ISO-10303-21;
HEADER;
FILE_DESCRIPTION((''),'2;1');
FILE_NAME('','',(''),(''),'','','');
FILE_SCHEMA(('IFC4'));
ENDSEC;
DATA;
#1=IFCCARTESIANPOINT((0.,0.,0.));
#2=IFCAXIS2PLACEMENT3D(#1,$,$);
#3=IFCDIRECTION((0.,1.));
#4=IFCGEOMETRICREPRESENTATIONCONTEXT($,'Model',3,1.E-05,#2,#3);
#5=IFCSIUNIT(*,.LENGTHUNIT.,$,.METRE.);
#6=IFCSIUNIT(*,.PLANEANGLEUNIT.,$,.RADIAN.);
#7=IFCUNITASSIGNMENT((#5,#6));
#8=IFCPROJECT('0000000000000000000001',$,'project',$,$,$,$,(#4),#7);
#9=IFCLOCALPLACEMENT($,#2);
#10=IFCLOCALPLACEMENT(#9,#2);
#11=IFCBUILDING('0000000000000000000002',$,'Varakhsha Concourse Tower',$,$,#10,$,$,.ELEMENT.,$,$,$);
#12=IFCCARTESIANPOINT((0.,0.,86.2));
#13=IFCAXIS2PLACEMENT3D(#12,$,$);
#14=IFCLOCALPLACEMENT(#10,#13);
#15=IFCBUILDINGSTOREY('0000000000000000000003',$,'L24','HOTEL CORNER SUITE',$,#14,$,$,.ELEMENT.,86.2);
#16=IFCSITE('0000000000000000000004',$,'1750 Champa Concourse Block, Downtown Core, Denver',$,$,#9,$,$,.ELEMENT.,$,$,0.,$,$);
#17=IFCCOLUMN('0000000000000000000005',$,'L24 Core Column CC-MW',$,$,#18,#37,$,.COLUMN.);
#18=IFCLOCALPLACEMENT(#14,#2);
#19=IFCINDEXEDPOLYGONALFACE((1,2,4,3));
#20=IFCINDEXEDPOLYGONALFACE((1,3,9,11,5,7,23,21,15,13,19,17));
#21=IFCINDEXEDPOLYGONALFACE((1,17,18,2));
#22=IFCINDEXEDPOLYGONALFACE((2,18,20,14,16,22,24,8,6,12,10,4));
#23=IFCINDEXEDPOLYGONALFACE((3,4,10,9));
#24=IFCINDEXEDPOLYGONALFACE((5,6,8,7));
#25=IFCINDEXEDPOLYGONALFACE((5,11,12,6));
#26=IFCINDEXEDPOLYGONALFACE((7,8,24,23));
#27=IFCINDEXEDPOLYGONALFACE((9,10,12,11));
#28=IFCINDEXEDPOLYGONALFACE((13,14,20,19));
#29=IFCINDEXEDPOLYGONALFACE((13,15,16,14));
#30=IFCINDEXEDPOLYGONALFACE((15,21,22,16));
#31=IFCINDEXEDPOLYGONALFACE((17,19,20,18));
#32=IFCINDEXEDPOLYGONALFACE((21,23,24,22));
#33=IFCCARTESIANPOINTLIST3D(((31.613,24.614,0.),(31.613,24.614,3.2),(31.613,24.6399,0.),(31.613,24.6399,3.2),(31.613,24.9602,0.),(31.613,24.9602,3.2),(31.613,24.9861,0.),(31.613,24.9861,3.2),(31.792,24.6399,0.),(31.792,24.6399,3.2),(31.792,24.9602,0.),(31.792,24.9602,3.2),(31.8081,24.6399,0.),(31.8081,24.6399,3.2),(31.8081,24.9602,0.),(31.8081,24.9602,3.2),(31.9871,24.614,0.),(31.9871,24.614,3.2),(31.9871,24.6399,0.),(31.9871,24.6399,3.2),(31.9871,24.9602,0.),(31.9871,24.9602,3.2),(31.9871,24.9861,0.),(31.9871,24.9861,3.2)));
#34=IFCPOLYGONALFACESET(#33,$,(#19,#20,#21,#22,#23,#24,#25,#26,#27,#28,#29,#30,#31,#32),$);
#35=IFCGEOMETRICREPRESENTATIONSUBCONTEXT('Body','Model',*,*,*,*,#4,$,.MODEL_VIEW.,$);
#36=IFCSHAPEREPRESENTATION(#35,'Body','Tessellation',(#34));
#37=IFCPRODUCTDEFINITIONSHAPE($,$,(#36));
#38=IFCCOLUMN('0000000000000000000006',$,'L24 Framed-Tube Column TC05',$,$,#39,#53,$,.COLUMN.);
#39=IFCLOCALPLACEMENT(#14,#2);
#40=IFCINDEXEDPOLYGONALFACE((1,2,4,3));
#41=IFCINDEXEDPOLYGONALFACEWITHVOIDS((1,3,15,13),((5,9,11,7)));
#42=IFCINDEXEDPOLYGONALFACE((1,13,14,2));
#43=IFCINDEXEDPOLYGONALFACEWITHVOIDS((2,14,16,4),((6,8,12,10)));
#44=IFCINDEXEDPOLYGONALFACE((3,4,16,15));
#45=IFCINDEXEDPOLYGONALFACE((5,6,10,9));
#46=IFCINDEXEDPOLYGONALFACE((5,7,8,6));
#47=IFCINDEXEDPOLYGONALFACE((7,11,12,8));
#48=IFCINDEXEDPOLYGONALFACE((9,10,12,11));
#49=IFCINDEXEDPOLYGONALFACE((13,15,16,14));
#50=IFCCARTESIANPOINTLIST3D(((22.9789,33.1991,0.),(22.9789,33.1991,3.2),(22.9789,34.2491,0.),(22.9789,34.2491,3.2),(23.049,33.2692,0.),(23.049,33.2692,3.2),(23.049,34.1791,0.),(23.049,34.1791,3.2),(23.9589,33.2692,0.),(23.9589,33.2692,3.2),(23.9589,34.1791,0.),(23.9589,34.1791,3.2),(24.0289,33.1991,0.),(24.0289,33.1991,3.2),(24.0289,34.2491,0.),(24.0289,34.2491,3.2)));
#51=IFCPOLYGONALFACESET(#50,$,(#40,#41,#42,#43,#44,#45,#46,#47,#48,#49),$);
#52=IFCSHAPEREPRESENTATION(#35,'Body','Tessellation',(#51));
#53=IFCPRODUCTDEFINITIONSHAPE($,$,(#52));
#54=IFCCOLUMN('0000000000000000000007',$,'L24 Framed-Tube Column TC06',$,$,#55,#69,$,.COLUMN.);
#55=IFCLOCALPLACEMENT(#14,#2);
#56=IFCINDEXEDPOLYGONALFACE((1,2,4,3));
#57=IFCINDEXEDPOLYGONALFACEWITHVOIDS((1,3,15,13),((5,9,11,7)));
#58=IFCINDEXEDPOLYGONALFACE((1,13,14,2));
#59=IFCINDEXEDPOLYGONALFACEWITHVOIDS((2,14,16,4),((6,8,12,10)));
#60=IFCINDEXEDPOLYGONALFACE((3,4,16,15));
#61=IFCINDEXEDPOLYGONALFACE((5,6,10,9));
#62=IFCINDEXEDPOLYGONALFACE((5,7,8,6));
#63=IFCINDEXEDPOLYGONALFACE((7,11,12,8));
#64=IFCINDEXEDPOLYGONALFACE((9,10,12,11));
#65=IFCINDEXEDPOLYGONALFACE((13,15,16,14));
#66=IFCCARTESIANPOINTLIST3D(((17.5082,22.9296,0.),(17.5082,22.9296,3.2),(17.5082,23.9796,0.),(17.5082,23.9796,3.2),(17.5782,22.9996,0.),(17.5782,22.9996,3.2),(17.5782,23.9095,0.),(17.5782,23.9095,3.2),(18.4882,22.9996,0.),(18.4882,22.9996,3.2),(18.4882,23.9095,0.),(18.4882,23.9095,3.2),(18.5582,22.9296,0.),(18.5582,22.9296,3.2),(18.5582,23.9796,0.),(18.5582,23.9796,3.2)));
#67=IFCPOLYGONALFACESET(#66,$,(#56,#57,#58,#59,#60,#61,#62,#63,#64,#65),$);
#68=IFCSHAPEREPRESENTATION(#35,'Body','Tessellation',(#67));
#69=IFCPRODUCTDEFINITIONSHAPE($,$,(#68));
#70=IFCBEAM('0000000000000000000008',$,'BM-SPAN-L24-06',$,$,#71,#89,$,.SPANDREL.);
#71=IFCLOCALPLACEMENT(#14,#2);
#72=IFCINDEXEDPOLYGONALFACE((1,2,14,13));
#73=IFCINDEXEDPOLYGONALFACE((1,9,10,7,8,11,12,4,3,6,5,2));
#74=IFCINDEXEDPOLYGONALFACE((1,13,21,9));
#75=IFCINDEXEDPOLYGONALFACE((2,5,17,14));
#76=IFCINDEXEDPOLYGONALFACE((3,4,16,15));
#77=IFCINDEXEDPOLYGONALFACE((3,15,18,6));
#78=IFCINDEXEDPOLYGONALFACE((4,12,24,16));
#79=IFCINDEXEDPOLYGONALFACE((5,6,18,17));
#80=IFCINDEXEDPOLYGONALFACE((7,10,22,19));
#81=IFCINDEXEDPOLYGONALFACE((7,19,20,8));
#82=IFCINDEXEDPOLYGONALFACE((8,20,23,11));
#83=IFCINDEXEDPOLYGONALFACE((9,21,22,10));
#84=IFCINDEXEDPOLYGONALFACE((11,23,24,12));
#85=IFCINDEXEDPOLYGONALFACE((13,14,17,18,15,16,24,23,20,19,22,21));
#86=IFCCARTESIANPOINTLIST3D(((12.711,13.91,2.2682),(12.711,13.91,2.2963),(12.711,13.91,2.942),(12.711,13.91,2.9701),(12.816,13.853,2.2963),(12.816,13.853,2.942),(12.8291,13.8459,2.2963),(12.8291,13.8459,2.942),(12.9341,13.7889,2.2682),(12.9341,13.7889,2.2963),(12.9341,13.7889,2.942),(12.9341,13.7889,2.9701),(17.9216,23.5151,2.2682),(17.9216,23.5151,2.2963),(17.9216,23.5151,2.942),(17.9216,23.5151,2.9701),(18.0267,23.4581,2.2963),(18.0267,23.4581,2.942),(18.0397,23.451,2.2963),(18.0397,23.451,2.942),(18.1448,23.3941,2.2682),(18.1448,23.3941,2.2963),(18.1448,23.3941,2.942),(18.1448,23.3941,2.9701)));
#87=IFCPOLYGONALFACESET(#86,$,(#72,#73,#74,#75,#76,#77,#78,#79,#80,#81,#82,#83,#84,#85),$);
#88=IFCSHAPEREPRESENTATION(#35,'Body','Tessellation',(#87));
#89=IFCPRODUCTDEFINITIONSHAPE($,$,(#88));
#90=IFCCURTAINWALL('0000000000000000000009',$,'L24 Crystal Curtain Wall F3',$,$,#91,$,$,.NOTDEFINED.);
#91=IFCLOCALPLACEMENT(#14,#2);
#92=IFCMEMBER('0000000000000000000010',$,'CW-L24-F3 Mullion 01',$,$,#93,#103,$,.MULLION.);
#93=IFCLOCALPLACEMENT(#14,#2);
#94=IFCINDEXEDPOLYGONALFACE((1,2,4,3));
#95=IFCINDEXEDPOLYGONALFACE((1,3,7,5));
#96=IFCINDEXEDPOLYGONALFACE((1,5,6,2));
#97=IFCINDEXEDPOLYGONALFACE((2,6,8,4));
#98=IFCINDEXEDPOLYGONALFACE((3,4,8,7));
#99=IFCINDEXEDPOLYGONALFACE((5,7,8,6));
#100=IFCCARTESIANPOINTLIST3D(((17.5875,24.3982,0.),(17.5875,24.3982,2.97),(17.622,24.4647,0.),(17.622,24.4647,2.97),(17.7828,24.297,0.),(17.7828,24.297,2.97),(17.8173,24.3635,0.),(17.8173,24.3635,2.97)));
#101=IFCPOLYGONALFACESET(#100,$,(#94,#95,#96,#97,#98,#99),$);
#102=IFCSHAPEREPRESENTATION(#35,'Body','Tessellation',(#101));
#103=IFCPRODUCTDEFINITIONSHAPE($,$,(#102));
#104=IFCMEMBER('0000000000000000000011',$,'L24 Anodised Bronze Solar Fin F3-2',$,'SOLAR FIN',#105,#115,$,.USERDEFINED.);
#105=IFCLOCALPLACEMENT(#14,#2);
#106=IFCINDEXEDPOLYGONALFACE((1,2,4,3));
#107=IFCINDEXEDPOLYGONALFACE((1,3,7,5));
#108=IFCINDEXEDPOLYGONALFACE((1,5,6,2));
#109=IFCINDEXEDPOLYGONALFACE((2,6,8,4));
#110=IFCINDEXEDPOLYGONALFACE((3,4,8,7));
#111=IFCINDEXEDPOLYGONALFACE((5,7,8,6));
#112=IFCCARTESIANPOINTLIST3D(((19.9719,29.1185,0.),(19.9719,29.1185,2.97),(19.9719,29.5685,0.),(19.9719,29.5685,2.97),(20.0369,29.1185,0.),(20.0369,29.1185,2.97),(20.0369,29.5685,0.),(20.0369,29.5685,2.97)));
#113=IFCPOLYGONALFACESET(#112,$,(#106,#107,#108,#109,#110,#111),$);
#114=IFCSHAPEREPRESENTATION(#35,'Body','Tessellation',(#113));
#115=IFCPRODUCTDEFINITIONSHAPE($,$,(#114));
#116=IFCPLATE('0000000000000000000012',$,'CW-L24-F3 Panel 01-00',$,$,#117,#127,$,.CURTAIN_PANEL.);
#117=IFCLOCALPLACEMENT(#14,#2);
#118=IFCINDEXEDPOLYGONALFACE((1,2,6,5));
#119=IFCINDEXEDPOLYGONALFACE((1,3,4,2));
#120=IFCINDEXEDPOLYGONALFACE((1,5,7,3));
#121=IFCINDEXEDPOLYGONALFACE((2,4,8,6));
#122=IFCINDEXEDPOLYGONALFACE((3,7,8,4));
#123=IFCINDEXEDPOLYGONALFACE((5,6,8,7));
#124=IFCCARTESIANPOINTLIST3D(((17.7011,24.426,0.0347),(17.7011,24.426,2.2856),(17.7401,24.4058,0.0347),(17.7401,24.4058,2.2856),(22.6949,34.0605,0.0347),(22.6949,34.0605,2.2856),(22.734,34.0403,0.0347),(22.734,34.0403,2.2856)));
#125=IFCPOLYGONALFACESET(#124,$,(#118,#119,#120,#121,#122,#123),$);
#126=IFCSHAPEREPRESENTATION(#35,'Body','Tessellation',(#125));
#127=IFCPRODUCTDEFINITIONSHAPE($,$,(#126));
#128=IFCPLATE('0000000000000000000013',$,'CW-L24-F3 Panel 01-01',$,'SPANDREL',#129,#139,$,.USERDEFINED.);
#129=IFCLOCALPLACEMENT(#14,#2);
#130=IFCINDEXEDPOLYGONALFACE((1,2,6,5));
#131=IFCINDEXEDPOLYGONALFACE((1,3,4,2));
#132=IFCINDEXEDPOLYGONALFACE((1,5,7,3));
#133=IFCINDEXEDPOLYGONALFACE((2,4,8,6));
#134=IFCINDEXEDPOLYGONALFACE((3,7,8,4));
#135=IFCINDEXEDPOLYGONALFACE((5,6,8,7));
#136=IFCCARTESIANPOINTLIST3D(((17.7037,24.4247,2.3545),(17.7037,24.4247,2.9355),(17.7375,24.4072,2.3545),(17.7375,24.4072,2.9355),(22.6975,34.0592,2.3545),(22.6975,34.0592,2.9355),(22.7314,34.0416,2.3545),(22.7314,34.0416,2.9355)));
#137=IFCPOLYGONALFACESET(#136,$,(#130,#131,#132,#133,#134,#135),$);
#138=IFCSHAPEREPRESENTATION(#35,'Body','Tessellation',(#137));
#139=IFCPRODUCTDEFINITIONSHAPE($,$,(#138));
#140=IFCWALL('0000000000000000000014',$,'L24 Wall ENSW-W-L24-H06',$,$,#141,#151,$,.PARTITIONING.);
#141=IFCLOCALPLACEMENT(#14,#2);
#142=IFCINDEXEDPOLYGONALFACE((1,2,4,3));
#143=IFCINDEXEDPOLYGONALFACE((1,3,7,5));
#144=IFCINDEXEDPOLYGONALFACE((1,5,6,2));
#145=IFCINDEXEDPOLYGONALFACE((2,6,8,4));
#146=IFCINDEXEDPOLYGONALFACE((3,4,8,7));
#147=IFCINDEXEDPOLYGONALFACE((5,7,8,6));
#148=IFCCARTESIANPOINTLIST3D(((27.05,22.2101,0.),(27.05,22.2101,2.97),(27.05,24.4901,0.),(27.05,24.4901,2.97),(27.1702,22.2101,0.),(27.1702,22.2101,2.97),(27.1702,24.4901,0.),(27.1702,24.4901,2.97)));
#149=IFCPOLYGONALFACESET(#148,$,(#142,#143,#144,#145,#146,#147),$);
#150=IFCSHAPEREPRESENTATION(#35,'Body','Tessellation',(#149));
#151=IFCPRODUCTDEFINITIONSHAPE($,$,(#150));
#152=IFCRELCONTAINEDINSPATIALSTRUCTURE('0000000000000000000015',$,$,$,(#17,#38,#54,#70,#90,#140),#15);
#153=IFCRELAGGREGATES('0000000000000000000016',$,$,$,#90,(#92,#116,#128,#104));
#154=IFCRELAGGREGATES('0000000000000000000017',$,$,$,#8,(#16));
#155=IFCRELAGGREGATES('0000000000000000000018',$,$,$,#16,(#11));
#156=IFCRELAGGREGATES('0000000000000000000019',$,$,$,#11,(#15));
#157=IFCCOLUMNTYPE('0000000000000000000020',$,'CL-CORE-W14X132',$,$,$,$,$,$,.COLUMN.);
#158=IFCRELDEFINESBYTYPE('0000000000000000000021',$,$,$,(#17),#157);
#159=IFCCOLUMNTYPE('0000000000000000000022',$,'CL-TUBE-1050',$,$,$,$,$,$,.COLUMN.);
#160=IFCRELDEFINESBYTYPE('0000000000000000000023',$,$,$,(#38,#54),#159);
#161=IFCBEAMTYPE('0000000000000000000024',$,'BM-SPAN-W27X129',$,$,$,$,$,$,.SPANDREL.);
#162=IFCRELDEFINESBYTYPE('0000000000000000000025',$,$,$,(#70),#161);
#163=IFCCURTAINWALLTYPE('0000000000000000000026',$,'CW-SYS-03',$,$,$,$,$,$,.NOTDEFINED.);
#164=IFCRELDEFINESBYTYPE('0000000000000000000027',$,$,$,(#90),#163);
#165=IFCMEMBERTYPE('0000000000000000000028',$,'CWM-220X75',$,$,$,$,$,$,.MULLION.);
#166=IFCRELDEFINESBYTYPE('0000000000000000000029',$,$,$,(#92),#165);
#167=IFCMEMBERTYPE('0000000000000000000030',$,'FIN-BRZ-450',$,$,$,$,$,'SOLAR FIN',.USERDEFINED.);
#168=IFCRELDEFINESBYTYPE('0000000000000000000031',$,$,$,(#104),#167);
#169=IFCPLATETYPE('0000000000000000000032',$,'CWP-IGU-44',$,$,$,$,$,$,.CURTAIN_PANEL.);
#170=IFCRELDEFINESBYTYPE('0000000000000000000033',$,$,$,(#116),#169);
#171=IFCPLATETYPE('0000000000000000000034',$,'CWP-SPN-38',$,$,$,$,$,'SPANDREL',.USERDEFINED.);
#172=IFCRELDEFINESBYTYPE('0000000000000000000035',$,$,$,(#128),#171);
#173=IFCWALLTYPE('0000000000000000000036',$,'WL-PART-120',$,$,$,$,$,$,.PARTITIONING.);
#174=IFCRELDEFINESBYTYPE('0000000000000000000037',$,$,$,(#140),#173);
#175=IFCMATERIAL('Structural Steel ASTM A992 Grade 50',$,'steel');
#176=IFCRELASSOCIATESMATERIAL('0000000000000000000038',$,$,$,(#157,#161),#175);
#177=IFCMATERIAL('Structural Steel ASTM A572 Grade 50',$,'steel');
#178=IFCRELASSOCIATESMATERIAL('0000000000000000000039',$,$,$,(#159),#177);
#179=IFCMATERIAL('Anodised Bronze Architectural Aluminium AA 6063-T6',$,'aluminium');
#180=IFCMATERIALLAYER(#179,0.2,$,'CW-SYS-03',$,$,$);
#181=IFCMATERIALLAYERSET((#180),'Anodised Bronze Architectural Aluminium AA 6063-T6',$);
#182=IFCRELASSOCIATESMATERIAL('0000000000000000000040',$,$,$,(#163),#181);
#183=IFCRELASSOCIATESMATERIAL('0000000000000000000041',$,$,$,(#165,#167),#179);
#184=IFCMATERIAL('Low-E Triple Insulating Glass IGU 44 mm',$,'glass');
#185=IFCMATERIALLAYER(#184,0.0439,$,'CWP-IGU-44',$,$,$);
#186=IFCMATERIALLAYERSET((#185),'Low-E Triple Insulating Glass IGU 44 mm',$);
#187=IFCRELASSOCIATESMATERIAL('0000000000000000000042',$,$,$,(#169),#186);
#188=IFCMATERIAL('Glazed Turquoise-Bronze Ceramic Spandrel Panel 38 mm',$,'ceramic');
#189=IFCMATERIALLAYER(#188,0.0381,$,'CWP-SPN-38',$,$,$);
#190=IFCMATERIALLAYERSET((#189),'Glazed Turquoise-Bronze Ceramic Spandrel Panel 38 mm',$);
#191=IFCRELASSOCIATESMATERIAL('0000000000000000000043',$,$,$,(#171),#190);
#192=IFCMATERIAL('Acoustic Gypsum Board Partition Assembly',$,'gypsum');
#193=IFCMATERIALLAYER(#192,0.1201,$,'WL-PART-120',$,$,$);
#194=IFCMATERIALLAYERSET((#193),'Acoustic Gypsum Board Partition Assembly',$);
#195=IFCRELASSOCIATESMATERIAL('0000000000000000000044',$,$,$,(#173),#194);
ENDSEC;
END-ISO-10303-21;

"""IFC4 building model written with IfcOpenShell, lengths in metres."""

from ifc_helpers import new_model, si_unit, direction, frame, frame_2d, origin, origin_2d, place, context, subcontext, project, spatial, rectangle, hollow_rectangle, i_section, extrude, source, transform, mapped, material, layer, layer_set, material_profile, profile_set, type_object, type_shapes, element, aggregate, save


model = new_model("IFC4")

# Units and contexts
model_context = context("Model", 3, precision=1e-05, world=origin(), true_north=direction((0.0, 1.0)))
body_context = subcontext(model_context, "Body", "Model", "MODEL_VIEW")
ifc_project = project(units=[si_unit("LENGTHUNIT", "METRE"), si_unit("PLANEANGLEUNIT", "RADIAN")], contexts=[model_context])

# Site, building, storey
site_placement = place(None, origin())
site = spatial("IfcSite", under=ifc_project, at=site_placement, Name="1750 Champa Concourse Block, Downtown Core, Denver", CompositionType="ELEMENT", RefElevation=0.0)
building_placement = place(site_placement, origin())
building = spatial("IfcBuilding", under=site, at=building_placement, Name="Varakhsha Concourse Tower", CompositionType="ELEMENT")
storey_placement = place(building_placement, frame((0.0, 0.0, 86.2)))
storey = spatial("IfcBuildingStorey", under=building, at=storey_placement, Name="L24", Description="HOTEL CORNER SUITE", CompositionType="ELEMENT", Elevation=86.2)

# Columns
ifc_material_1 = material(Name="Structural Steel ASTM A992 Grade 50", Category="steel")
ifc_material_profile_1 = material_profile(ifc_material_1, i_section(OverallWidth=0.374, OverallDepth=0.3721, WebThickness=0.0161, FlangeThickness=0.0259, at=origin_2d()), Name="W14X132")
ifc_profile_set_1 = profile_set([ifc_material_profile_1], Name="Structural Steel ASTM A992 Grade 50")
column_type_1 = type_object("IfcColumnType", Name="CL-CORE-W14X132", PredefinedType="COLUMN", material=ifc_profile_set_1)
column_placement = place(storey_placement, frame((31.8, 24.8, 0.0), z_axis=(0.0, 0.0, 1.0), x_axis=(1.0, 0.0, 0.0)))
element("IfcColumn", 1, at=column_placement, inside=storey, type_object=column_type_1, Name="L24 Core Column CC-MW", PredefinedType="COLUMN", context=body_context, shape_type="SweptSolid", body=[
    extrude(i_section(OverallWidth=0.374, OverallDepth=0.3721, WebThickness=0.0161, FlangeThickness=0.0259, at=origin_2d()), origin(), (0.0, 0.0, 1.0), 3.2),
])
ifc_material_2 = material(Name="Structural Steel ASTM A572 Grade 50", Category="steel")
ifc_material_profile_2 = material_profile(ifc_material_2, hollow_rectangle(XDim=1.05, YDim=1.05, WallThickness=0.0701, at=origin_2d()), Name="BOX 1050x1050x70")
ifc_profile_set_2 = profile_set([ifc_material_profile_2], Name="Structural Steel ASTM A572 Grade 50")
column_type_2 = type_object("IfcColumnType", Name="CL-TUBE-1050", PredefinedType="COLUMN", material=ifc_profile_set_2)
for number, where, z_axis, x_axis, name in (
    (2, (23.5039, 33.7241, 0.0), (0.0, 0.0, 1.0), (1.0, 0.0, 0.0), "L24 Framed-Tube Column TC05"),
    (3, (18.0332, 23.4546, 0.0), (0.0, 0.0, 1.0), (1.0, 0.0, 0.0), "L24 Framed-Tube Column TC06"),
):
    element("IfcColumn", number, at=place(storey_placement, frame(where, z_axis=z_axis, x_axis=x_axis)), inside=storey, type_object=column_type_2, Name=name, PredefinedType="COLUMN", context=body_context, shape_type="SweptSolid", body=[
        extrude(hollow_rectangle(XDim=1.05, YDim=1.05, WallThickness=0.0701, at=origin_2d()), origin(), (0.0, 0.0, 1.0), 3.2),
    ])

# Beam
ifc_material_profile_3 = material_profile(ifc_material_1, i_section(OverallWidth=0.2539, OverallDepth=0.7019, WebThickness=0.0149, FlangeThickness=0.0281, at=origin_2d()), Name="W27X129")
ifc_profile_set_3 = profile_set([ifc_material_profile_3], Name="Structural Steel ASTM A992 Grade 50")
beam_type = type_object("IfcBeamType", Name="BM-SPAN-W27X129", PredefinedType="SPANDREL", material=ifc_profile_set_3)
beam_placement = place(storey_placement, frame((18.0332, 23.4546, 2.6191), z_axis=(-0.476839, -0.87899, 0.0), x_axis=(0.87899, -0.476839, 0.0)))
element("IfcBeam", 4, at=beam_placement, inside=storey, type_object=beam_type, Name="BM-SPAN-L24-06", PredefinedType="SPANDREL", context=body_context, shape_type="SweptSolid", body=[
    extrude(i_section(OverallWidth=0.2539, OverallDepth=0.7019, WebThickness=0.0149, FlangeThickness=0.0281, at=origin_2d()), origin(), (0.0, 0.0, 1.0), 10.9275),
])

# Curtain wall, members, plates
ifc_material_3 = material(Name="Anodised Bronze Architectural Aluminium AA 6063-T6", Category="aluminium")
ifc_layer_1 = layer(ifc_material_3, 0.2, Name="CW-SYS-03")
ifc_layer_set_1 = layer_set([ifc_layer_1], Name="Anodised Bronze Architectural Aluminium AA 6063-T6")
curtain_wall_type = type_object("IfcCurtainWallType", Name="CW-SYS-03", PredefinedType="NOTDEFINED", material=ifc_layer_set_1)
curtain_wall_placement = place(storey_placement, origin())
curtain_wall = element("IfcCurtainWall", 5, at=curtain_wall_placement, inside=storey, type_object=curtain_wall_type, Name="L24 Crystal Curtain Wall F3", PredefinedType="NOTDEFINED")
ifc_material_profile_4 = material_profile(ifc_material_3, rectangle(XDim=0.075, YDim=0.22, at=origin_2d()), Name="CWM-220X75")
ifc_profile_set_4 = profile_set([ifc_material_profile_4], Name="Anodised Bronze Architectural Aluminium AA 6063-T6")
member_type_1 = type_object("IfcMemberType", Name="CWM-220X75", PredefinedType="MULLION", material=ifc_profile_set_4)
shared_shape_1 = source(origin(), body_context, "Body", "SweptSolid", [
    extrude(rectangle(XDim=0.075, YDim=0.22, at=origin_2d()), origin(), (0.0, 0.0, 1.0), 2.97),
])
type_shapes(member_type_1, [shared_shape_1])
member_1_placement = place(storey_placement, frame((17.7024, 24.3809, 0.0), z_axis=(0.0, 0.0, 1.0), x_axis=(0.460186, 0.887823, 0.0)))
member_1 = element("IfcMember", 6, at=member_1_placement, type_object=member_type_1, Name="CW-L24-F3 Mullion 01", PredefinedType="MULLION", context=body_context, shape_type="MappedRepresentation", body=[
    mapped(shared_shape_1, transform((0.0, 0.0, 0.0), scale=1.0)),
])
ifc_material_profile_5 = material_profile(ifc_material_3, rectangle(XDim=0.0649, YDim=0.45, at=origin_2d()), Name="FIN-BRZ-450")
ifc_profile_set_5 = profile_set([ifc_material_profile_5], Name="Anodised Bronze Architectural Aluminium AA 6063-T6")
member_type_2 = type_object("IfcMemberType", Name="FIN-BRZ-450", ElementType="SOLAR FIN", PredefinedType="USERDEFINED", material=ifc_profile_set_5)
shared_shape_2 = source(origin(), body_context, "Body", "SweptSolid", [
    extrude(rectangle(XDim=0.0649, YDim=0.45, at=origin_2d()), origin(), (0.0, 0.0, 1.0), 2.97),
])
type_shapes(member_type_2, [shared_shape_2])
member_2_placement = place(storey_placement, frame((20.0044, 29.3435, 0.0), z_axis=(0.0, 0.0, 1.0), x_axis=(1.0, 0.0, 0.0)))
member_2 = element("IfcMember", 7, at=member_2_placement, type_object=member_type_2, Name="L24 Anodised Bronze Solar Fin F3-2", ObjectType="SOLAR FIN", PredefinedType="USERDEFINED", context=body_context, shape_type="MappedRepresentation", body=[
    mapped(shared_shape_2, transform((0.0, 0.0, 0.0), scale=1.0)),
])
ifc_material_4 = material(Name="Low-E Triple Insulating Glass IGU 44 mm", Category="glass")
ifc_layer_2 = layer(ifc_material_4, 0.0439, Name="CWP-IGU-44")
ifc_layer_set_2 = layer_set([ifc_layer_2], Name="Low-E Triple Insulating Glass IGU 44 mm")
plate_type_1 = type_object("IfcPlateType", Name="CWP-IGU-44", PredefinedType="CURTAIN_PANEL", material=ifc_layer_set_2)
shared_shape_3 = source(origin(), body_context, "Body", "SweptSolid", [
    extrude(rectangle(XDim=10.8518, YDim=0.0439, at=origin_2d()), origin(), (0.0, 0.0, 1.0), 2.251),
])
type_shapes(plate_type_1, [shared_shape_3])
plate_1_placement = place(storey_placement, frame((20.2175, 29.2332, 0.0347), z_axis=(0.0, 0.0, 1.0), x_axis=(0.460186, 0.887823, 0.0)))
plate_1 = element("IfcPlate", 8, at=plate_1_placement, type_object=plate_type_1, Name="CW-L24-F3 Panel 01-00", PredefinedType="CURTAIN_PANEL", context=body_context, shape_type="MappedRepresentation", body=[
    mapped(shared_shape_3, transform((0.0, 0.0, 0.0), scale=1.0)),
])
ifc_material_5 = material(Name="Glazed Turquoise-Bronze Ceramic Spandrel Panel 38 mm", Category="ceramic")
ifc_layer_3 = layer(ifc_material_5, 0.0381, Name="CWP-SPN-38")
ifc_layer_set_3 = layer_set([ifc_layer_3], Name="Glazed Turquoise-Bronze Ceramic Spandrel Panel 38 mm")
plate_type_2 = type_object("IfcPlateType", Name="CWP-SPN-38", ElementType="SPANDREL", PredefinedType="USERDEFINED", material=ifc_layer_set_3)
shared_shape_4 = source(origin(), body_context, "Body", "SweptSolid", [
    extrude(rectangle(XDim=10.8518, YDim=0.0381, at=origin_2d()), origin(), (0.0, 0.0, 1.0), 0.5811),
])
type_shapes(plate_type_2, [shared_shape_4])
plate_2_placement = place(storey_placement, frame((20.2175, 29.2332, 2.3545), z_axis=(0.0, 0.0, 1.0), x_axis=(0.460186, 0.887823, 0.0)))
plate_2 = element("IfcPlate", 9, at=plate_2_placement, type_object=plate_type_2, Name="CW-L24-F3 Panel 01-01", ObjectType="SPANDREL", PredefinedType="USERDEFINED", context=body_context, shape_type="MappedRepresentation", body=[
    mapped(shared_shape_4, transform((0.0, 0.0, 0.0), scale=1.0)),
])
aggregate(curtain_wall, [member_1, plate_1, plate_2, member_2])

# Wall
ifc_material_6 = material(Name="Acoustic Gypsum Board Partition Assembly", Category="gypsum")
ifc_layer_4 = layer(ifc_material_6, 0.1201, Name="WL-PART-120")
ifc_layer_set_4 = layer_set([ifc_layer_4], Name="Acoustic Gypsum Board Partition Assembly")
wall_type_1 = type_object("IfcWallType", Name="WL-PART-120", PredefinedType="PARTITIONING", material=ifc_layer_set_4)
wall_1_placement = place(storey_placement, frame((27.1101, 22.21, 0.0), z_axis=(0.0, 0.0, 1.0), x_axis=(0.0, 1.0, 0.0)))
element("IfcWall", 10, at=wall_1_placement, inside=storey, type_object=wall_type_1, Name="L24 Wall ENSW-W-L24-H06", PredefinedType="PARTITIONING", context=body_context, shape_type="SweptSolid", body=[
    extrude(rectangle(XDim=2.28, YDim=0.1201, at=frame_2d((1.1401, 0.0))), origin(), (0.0, 0.0, 1.0), 2.97),
])

save(model, "model.ifc")
